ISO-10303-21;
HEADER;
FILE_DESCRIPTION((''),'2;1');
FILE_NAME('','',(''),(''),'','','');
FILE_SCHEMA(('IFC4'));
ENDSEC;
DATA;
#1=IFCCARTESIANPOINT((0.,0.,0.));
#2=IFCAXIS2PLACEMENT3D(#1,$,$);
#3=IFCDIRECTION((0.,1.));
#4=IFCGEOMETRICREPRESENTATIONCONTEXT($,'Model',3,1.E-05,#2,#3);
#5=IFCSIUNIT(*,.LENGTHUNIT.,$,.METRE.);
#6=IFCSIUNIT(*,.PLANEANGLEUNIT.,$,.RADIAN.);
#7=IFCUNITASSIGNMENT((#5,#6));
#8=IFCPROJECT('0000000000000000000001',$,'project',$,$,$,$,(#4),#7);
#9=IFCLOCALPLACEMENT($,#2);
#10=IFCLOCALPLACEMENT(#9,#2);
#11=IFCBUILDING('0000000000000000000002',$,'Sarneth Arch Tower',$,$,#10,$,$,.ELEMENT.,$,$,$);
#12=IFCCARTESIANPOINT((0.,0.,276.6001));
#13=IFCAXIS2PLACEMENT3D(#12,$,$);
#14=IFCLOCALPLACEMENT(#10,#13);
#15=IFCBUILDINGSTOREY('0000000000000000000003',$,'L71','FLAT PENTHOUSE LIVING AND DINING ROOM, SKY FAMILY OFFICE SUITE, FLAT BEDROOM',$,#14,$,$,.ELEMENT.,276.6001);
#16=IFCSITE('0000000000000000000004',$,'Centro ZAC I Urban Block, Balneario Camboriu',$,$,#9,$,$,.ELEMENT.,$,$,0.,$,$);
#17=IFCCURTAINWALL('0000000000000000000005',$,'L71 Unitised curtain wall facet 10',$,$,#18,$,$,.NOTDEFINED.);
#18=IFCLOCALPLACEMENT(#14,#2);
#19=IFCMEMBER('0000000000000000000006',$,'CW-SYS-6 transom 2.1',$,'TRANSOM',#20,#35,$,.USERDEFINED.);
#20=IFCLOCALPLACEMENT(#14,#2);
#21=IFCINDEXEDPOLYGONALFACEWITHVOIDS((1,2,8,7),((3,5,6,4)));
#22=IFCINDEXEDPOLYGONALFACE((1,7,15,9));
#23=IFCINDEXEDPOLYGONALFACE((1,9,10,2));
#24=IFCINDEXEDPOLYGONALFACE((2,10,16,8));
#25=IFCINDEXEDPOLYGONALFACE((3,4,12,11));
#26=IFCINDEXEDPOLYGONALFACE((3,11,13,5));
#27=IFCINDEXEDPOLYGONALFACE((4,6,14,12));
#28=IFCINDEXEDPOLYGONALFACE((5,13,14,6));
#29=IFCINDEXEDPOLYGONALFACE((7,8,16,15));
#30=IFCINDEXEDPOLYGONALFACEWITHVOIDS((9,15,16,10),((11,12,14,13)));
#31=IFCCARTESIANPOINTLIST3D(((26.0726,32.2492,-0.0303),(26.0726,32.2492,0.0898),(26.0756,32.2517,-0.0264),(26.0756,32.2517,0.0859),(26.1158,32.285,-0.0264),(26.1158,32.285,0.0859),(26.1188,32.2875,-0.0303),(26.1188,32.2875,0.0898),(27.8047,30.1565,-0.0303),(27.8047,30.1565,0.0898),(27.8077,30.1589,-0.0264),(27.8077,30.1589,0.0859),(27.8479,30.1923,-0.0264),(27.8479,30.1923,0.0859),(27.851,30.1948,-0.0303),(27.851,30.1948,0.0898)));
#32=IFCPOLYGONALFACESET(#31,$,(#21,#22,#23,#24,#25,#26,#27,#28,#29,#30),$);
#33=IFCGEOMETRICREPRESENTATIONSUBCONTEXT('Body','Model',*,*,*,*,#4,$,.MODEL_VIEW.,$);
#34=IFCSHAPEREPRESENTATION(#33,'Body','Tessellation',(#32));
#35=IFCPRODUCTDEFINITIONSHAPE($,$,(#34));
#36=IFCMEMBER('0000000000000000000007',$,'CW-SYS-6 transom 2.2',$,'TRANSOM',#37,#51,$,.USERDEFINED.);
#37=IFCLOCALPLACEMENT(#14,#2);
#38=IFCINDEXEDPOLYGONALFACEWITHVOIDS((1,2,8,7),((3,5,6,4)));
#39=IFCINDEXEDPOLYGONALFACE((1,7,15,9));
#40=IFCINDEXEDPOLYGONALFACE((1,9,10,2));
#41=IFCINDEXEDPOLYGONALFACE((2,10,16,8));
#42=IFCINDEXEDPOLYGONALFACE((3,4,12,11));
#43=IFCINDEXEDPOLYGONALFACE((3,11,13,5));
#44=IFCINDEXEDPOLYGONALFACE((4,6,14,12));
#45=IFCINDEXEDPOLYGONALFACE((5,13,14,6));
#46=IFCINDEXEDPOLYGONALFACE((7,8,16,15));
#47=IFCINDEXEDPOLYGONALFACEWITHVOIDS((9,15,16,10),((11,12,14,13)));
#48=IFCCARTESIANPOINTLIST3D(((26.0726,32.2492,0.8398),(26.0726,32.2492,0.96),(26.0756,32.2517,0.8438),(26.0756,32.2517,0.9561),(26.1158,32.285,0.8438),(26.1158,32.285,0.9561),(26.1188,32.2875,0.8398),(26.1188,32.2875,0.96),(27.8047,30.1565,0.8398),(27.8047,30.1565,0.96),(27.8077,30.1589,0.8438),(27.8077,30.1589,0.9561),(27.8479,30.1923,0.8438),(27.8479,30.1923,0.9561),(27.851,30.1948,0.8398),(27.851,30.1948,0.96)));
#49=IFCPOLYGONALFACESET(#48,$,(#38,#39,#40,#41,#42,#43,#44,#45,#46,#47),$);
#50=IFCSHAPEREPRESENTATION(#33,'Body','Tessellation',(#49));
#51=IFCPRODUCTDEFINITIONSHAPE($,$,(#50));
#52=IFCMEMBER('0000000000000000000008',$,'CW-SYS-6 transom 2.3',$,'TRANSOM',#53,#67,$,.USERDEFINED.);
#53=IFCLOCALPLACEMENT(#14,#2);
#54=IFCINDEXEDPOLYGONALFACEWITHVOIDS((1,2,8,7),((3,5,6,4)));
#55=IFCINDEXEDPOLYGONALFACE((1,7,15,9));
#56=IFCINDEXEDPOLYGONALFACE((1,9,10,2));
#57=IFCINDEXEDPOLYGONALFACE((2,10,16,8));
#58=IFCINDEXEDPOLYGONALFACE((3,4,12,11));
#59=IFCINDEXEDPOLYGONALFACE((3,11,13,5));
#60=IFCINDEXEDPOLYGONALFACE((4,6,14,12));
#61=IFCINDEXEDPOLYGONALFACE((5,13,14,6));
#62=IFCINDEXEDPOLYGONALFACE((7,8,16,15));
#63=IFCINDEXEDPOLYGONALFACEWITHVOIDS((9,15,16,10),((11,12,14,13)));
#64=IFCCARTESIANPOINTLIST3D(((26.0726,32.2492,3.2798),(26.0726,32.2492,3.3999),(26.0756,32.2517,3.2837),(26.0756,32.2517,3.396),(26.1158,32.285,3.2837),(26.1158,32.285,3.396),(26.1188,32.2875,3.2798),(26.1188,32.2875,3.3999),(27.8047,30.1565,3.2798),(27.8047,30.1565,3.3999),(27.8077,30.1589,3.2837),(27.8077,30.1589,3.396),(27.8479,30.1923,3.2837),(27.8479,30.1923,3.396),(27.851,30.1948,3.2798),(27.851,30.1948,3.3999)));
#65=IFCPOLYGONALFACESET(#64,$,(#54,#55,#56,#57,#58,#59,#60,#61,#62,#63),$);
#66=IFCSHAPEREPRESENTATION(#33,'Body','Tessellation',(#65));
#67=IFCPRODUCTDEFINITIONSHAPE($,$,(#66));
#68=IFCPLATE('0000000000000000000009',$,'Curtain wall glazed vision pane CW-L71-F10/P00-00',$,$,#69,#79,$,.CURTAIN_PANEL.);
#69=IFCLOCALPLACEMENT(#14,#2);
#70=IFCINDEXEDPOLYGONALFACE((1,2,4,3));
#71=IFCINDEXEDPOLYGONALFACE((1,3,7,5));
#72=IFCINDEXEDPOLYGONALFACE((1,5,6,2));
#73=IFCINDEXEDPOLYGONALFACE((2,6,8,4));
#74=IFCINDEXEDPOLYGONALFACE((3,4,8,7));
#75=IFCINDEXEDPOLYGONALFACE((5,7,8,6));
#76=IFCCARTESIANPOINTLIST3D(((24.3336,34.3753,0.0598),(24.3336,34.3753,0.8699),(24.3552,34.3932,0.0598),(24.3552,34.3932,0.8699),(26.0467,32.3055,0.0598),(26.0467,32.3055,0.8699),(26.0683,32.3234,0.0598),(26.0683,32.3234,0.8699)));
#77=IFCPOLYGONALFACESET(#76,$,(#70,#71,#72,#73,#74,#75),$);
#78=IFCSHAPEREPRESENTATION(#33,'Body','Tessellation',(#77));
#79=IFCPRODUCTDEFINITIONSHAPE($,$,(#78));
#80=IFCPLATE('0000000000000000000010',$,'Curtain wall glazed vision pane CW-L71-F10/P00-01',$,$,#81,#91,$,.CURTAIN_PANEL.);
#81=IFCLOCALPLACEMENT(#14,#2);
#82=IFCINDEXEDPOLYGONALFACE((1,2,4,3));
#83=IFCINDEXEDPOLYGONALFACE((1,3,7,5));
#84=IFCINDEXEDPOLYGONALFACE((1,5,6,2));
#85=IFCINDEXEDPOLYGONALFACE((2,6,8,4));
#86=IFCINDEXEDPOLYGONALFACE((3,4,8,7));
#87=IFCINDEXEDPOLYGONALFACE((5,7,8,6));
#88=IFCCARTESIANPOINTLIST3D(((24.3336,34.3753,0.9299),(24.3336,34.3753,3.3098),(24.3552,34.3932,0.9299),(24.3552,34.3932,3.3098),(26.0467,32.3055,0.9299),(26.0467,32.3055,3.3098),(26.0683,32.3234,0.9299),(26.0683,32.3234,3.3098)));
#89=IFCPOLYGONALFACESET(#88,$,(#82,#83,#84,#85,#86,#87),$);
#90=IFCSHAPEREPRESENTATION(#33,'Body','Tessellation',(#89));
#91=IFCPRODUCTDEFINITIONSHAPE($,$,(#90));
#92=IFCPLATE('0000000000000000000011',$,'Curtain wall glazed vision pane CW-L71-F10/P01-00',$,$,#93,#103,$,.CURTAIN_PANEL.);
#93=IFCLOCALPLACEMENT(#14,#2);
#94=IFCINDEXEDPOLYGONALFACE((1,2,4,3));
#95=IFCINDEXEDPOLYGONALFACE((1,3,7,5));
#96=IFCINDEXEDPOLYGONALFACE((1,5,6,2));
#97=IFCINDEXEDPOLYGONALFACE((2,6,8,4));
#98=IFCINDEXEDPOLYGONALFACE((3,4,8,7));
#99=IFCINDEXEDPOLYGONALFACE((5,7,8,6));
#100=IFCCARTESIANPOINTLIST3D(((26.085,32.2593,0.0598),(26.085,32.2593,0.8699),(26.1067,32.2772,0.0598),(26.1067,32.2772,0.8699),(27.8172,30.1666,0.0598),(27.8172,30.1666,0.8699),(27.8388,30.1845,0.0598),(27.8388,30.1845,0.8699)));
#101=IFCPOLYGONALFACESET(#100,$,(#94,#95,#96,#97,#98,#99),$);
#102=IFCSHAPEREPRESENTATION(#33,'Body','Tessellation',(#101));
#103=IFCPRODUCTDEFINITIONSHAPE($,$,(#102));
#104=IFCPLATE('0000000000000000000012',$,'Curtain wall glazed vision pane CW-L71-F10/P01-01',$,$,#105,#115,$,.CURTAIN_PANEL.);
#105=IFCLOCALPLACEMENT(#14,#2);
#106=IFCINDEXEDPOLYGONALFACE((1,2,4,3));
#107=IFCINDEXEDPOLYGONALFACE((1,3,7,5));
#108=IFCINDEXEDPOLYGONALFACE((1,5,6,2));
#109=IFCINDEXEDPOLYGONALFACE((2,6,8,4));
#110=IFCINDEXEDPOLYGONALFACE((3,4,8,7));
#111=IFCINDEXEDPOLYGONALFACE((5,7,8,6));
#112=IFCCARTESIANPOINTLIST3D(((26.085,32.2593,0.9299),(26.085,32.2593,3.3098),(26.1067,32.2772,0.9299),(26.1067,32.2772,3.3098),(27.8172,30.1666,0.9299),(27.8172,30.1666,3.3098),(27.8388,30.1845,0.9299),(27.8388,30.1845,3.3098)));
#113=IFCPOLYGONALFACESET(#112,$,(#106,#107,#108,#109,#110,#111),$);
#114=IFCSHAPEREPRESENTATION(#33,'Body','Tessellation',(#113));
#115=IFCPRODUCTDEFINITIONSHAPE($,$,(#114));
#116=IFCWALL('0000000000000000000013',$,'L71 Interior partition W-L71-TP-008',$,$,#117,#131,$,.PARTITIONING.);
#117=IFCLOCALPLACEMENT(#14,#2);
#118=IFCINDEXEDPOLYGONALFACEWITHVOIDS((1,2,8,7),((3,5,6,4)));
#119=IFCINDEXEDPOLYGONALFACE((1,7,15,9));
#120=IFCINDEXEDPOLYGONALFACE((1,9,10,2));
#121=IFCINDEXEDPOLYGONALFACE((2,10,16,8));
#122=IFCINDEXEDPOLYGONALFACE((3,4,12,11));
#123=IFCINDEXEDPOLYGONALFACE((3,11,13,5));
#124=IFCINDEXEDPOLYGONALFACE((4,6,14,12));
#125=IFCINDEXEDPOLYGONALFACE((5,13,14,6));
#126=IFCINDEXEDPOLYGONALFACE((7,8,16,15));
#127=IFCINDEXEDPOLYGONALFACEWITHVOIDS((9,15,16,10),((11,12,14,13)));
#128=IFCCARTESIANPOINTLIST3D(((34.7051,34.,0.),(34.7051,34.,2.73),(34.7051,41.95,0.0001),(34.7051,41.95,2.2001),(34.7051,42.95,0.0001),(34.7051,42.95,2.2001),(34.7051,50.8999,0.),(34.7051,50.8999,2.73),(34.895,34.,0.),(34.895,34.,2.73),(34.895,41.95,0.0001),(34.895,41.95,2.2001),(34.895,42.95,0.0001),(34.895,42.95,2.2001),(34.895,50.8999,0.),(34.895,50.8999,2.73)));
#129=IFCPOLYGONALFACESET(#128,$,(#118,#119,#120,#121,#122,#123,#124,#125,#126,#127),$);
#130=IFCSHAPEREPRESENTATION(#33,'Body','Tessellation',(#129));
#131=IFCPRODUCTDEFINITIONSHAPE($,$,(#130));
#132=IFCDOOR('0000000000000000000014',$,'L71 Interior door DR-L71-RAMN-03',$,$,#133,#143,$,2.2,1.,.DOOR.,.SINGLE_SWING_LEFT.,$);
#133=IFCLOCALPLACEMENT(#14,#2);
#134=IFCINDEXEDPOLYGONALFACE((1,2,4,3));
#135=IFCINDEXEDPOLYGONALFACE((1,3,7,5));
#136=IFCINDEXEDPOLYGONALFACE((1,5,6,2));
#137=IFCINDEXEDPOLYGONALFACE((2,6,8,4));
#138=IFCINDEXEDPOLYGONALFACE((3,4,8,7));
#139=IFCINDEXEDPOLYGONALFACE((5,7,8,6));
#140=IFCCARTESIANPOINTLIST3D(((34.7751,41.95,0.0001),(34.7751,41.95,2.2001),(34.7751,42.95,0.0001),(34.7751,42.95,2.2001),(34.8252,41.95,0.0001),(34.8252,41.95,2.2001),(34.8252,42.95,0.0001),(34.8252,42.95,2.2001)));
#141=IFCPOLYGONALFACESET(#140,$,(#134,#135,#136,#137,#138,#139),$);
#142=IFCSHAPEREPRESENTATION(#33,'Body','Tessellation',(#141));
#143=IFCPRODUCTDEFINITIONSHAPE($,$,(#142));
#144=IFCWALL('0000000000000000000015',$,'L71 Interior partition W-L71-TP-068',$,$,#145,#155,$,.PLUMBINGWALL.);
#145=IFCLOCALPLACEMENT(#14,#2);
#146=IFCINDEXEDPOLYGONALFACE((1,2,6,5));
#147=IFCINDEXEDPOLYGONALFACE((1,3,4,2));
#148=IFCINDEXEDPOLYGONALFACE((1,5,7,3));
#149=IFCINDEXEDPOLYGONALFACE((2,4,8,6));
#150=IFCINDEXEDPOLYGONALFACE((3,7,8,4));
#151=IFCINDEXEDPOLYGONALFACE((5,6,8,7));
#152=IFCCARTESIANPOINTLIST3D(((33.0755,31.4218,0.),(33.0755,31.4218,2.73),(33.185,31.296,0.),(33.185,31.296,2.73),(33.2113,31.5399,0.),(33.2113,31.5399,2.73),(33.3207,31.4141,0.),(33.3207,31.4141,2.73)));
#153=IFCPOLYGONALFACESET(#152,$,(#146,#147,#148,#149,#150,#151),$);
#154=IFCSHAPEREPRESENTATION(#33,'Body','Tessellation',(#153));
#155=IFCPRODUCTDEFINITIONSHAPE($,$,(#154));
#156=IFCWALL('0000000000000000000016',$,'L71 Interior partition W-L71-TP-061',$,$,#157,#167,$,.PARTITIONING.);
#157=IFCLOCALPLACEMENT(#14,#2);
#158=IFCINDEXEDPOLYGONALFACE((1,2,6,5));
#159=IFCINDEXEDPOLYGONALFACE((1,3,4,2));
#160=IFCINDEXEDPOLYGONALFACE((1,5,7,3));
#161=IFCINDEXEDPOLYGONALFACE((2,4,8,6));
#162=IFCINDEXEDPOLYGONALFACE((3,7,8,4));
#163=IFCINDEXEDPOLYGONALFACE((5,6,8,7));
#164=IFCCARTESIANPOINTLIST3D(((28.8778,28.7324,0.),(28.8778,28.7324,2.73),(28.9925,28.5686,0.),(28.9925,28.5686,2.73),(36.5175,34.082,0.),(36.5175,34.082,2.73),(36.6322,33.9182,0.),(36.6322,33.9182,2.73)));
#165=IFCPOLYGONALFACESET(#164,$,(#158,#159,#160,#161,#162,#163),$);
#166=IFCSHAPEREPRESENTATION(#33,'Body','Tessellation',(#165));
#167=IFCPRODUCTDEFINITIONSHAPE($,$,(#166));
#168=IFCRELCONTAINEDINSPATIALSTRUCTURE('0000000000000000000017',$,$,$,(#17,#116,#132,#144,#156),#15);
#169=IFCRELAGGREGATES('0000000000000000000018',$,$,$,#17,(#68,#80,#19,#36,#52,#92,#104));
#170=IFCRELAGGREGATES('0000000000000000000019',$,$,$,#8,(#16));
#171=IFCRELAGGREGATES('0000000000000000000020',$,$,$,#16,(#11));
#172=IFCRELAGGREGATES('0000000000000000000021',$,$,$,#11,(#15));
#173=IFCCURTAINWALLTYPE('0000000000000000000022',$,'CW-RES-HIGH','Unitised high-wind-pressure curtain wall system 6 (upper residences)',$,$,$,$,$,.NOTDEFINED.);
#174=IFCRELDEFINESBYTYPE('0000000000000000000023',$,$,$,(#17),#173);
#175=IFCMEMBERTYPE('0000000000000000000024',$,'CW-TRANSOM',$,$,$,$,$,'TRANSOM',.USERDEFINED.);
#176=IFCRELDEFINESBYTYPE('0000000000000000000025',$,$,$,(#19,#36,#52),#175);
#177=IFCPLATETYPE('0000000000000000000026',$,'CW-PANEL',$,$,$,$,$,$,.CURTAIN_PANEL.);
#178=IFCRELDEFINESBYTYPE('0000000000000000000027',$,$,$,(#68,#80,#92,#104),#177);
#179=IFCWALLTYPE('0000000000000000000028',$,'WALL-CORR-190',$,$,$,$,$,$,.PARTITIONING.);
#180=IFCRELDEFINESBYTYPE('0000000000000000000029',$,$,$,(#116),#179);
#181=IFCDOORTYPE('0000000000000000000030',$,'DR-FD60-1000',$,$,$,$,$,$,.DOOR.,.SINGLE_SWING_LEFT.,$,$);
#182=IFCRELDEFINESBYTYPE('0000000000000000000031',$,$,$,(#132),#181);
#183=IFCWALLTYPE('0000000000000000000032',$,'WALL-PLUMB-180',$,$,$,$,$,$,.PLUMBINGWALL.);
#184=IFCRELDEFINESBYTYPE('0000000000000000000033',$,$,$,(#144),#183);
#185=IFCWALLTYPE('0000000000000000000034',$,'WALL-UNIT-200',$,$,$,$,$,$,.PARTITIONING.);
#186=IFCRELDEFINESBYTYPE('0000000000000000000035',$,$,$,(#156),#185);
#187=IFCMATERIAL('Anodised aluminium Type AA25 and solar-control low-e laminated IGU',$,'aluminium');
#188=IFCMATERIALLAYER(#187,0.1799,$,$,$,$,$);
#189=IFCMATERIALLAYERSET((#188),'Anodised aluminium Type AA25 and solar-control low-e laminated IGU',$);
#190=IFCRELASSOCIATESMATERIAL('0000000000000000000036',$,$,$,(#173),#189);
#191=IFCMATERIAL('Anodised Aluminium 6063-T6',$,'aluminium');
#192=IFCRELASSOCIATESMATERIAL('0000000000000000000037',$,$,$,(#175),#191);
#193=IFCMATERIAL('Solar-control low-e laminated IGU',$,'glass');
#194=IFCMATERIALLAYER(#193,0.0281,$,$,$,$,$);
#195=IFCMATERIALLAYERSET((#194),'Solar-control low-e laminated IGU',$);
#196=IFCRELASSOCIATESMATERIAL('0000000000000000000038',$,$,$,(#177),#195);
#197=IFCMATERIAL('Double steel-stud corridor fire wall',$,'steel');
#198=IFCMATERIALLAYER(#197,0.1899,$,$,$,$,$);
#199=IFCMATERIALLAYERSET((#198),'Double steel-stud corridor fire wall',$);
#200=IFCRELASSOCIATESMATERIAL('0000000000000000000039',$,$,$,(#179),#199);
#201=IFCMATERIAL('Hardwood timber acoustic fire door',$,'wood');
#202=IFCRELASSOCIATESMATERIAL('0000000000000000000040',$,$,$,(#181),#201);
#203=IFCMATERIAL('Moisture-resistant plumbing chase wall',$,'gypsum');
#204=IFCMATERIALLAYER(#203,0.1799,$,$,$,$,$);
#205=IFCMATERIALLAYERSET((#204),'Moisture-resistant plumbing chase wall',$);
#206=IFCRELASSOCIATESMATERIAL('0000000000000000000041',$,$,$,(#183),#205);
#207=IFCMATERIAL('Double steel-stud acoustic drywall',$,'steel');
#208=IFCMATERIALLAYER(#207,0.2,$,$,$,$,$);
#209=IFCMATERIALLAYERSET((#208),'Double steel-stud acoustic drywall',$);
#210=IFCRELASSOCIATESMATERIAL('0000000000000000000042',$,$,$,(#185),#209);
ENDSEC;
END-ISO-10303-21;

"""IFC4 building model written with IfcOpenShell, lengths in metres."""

from ifc_helpers import new_model, si_unit, direction, frame, frame_2d, origin, origin_2d, place, context, subcontext, project, spatial, rectangle, hollow_rectangle, extrude, material, layer, layer_set, material_profile, profile_set, type_object, element, fill, aggregate, save


model = new_model("IFC4")

# Units and contexts
model_context = context("Model", 3, precision=1e-05, world=origin(), true_north=direction((0.0, 1.0)))
body_context = subcontext(model_context, "Body", "Model", "MODEL_VIEW")
ifc_project = project(units=[si_unit("LENGTHUNIT", "METRE"), si_unit("PLANEANGLEUNIT", "RADIAN")], contexts=[model_context])

# Site, building, storey
site_placement = place(None, origin())
site = spatial("IfcSite", under=ifc_project, at=site_placement, Name="Centro ZAC I Urban Block, Balneario Camboriu", CompositionType="ELEMENT", RefElevation=0.0)
building_placement = place(site_placement, origin())
building = spatial("IfcBuilding", under=site, at=building_placement, Name="Sarneth Arch Tower", CompositionType="ELEMENT")
storey_placement = place(building_placement, frame((0.0, 0.0, 276.6001)))
storey = spatial("IfcBuildingStorey", under=building, at=storey_placement, Name="L71", Description="FLAT PENTHOUSE LIVING AND DINING ROOM, SKY FAMILY OFFICE SUITE, FLAT BEDROOM", CompositionType="ELEMENT", Elevation=276.6001)

# Curtain wall, members, plates
ifc_material_1 = material(Name="Anodised aluminium Type AA25 and solar-control low-e laminated IGU", Category="aluminium")
ifc_layer_1 = layer(ifc_material_1, 0.1799)
ifc_layer_set_1 = layer_set([ifc_layer_1], Name="Anodised aluminium Type AA25 and solar-control low-e laminated IGU")
curtain_wall_type = type_object("IfcCurtainWallType", Name="CW-RES-HIGH", Description="Unitised high-wind-pressure curtain wall system 6 (upper residences)", PredefinedType="NOTDEFINED", material=ifc_layer_set_1)
curtain_wall_placement = place(storey_placement, origin())
curtain_wall = element("IfcCurtainWall", 1, at=curtain_wall_placement, inside=storey, type_object=curtain_wall_type, Name="L71 Unitised curtain wall facet 10", PredefinedType="NOTDEFINED")
ifc_material_2 = material(Name="Anodised Aluminium 6063-T6", Category="aluminium")
ifc_material_profile_1 = material_profile(ifc_material_2, hollow_rectangle(XDim=0.0601, YDim=0.1201, WallThickness=0.0039, at=origin_2d()), Name="AL-TRAN-120x60x4")
ifc_profile_set_1 = profile_set([ifc_material_profile_1], Name="Anodised Aluminium 6063-T6")
member_type_1 = type_object("IfcMemberType", Name="CW-TRANSOM", ElementType="TRANSOM", PredefinedType="USERDEFINED", material=ifc_profile_set_1)
member_1_placement = place(storey_placement, frame((26.0957, 32.2683, 0.0298), z_axis=(0.637617, -0.770353, 0.0), x_axis=(0.770353, 0.637617, 0.0)))
member_1 = element("IfcMember", 2, at=member_1_placement, type_object=member_type_1, Name="CW-SYS-6 transom 2.1", ObjectType="TRANSOM", PredefinedType="USERDEFINED", context=body_context, shape_type="SweptSolid", body=[
    extrude(hollow_rectangle(XDim=0.0601, YDim=0.1201, WallThickness=0.0039, at=origin_2d()), origin(), (0.0, 0.0, 1.0), 2.7166),
])
member_2_placement = place(storey_placement, frame((26.0957, 32.2683, 0.8999), z_axis=(0.637617, -0.770353, 0.0), x_axis=(0.770353, 0.637617, 0.0)))
member_2 = element("IfcMember", 3, at=member_2_placement, type_object=member_type_1, Name="CW-SYS-6 transom 2.2", ObjectType="TRANSOM", PredefinedType="USERDEFINED", context=body_context, shape_type="SweptSolid", body=[
    extrude(hollow_rectangle(XDim=0.0601, YDim=0.1201, WallThickness=0.0039, at=origin_2d()), origin(), (0.0, 0.0, 1.0), 2.7166),
])
member_3_placement = place(storey_placement, frame((26.0957, 32.2683, 3.3398), z_axis=(0.637617, -0.770353, 0.0), x_axis=(0.770353, 0.637617, 0.0)))
member_3 = element("IfcMember", 4, at=member_3_placement, type_object=member_type_1, Name="CW-SYS-6 transom 2.3", ObjectType="TRANSOM", PredefinedType="USERDEFINED", context=body_context, shape_type="SweptSolid", body=[
    extrude(hollow_rectangle(XDim=0.0601, YDim=0.1201, WallThickness=0.0039, at=origin_2d()), origin(), (0.0, 0.0, 1.0), 2.7166),
])
ifc_material_3 = material(Name="Solar-control low-e laminated IGU", Category="glass")
ifc_layer_2 = layer(ifc_material_3, 0.0281)
ifc_layer_set_2 = layer_set([ifc_layer_2], Name="Solar-control low-e laminated IGU")
plate_type = type_object("IfcPlateType", Name="CW-PANEL", PredefinedType="CURTAIN_PANEL", material=ifc_layer_set_2)
plate_1_placement = place(storey_placement, frame((25.2009, 33.3494, 0.0598), z_axis=(0.0, 0.0, 1.0), x_axis=(0.63761, -0.770359, 0.0)))
plate_1 = element("IfcPlate", 5, at=plate_1_placement, type_object=plate_type, Name="Curtain wall glazed vision pane CW-L71-F10/P00-00", PredefinedType="CURTAIN_PANEL", context=body_context, shape_type="SweptSolid", body=[
    extrude(rectangle(XDim=2.6868, YDim=0.0281, at=origin_2d()), origin(), (0.0, 0.0, 1.0), 0.8101),
])
plate_2_placement = place(storey_placement, frame((25.2009, 33.3494, 0.9299), z_axis=(0.0, 0.0, 1.0), x_axis=(0.63761, -0.770359, 0.0)))
plate_2 = element("IfcPlate", 6, at=plate_2_placement, type_object=plate_type, Name="Curtain wall glazed vision pane CW-L71-F10/P00-01", PredefinedType="CURTAIN_PANEL", context=body_context, shape_type="SweptSolid", body=[
    extrude(rectangle(XDim=2.6868, YDim=0.0281, at=origin_2d()), origin(), (0.0, 0.0, 1.0), 2.3799),
])
plate_3_placement = place(storey_placement, frame((26.9619, 31.2219, 0.0598), z_axis=(0.0, 0.0, 1.0), x_axis=(0.63761, -0.770359, 0.0)))
plate_3 = element("IfcPlate", 7, at=plate_3_placement, type_object=plate_type, Name="Curtain wall glazed vision pane CW-L71-F10/P01-00", PredefinedType="CURTAIN_PANEL", context=body_context, shape_type="SweptSolid", body=[
    extrude(rectangle(XDim=2.7166, YDim=0.0281, at=origin_2d()), origin(), (0.0, 0.0, 1.0), 0.8101),
])
plate_4_placement = place(storey_placement, frame((26.9619, 31.2219, 0.9299), z_axis=(0.0, 0.0, 1.0), x_axis=(0.63761, -0.770359, 0.0)))
plate_4 = element("IfcPlate", 8, at=plate_4_placement, type_object=plate_type, Name="Curtain wall glazed vision pane CW-L71-F10/P01-01", PredefinedType="CURTAIN_PANEL", context=body_context, shape_type="SweptSolid", body=[
    extrude(rectangle(XDim=2.7166, YDim=0.0281, at=origin_2d()), origin(), (0.0, 0.0, 1.0), 2.3799),
])
aggregate(curtain_wall, [plate_1, plate_2, member_1, member_2, member_3, plate_3, plate_4])

# Wall, opening, door
ifc_material_4 = material(Name="Double steel-stud corridor fire wall", Category="steel")
ifc_layer_3 = layer(ifc_material_4, 0.1899)
ifc_layer_set_3 = layer_set([ifc_layer_3], Name="Double steel-stud corridor fire wall")
wall_type_1 = type_object("IfcWallType", Name="WALL-CORR-190", PredefinedType="PARTITIONING", material=ifc_layer_set_3)
wall_1_placement = place(storey_placement, frame((34.8, 34.0, 0.0), z_axis=(0.0, 0.0, 1.0), x_axis=(0.0, 1.0, 0.0)))
wall_1 = element("IfcWall", 9, at=wall_1_placement, inside=storey, type_object=wall_type_1, Name="L71 Interior partition W-L71-TP-008", PredefinedType="PARTITIONING", context=body_context, shape_type="SweptSolid", body=[
    extrude(rectangle(XDim=16.8999, YDim=0.1899, at=frame_2d((8.45, 0.0))), origin(), (0.0, 0.0, 1.0), 2.73),
])
opening_placement = place(wall_1_placement, frame((7.95, 0.0, 0.0)))
opening = element("IfcOpeningElement", 10, at=opening_placement, cuts=wall_1, PredefinedType="OPENING", context=body_context, shape_type="SweptSolid", body=[
    extrude(rectangle(XDim=1.0, YDim=2.2, at=frame_2d((0.5, 1.1001))), frame((0.0, 0.105, 0.0), z_axis=(0.0, -1.0, 0.0), x_axis=(1.0, 0.0, 0.0)), (0.0, 0.0, 1.0), 0.21),
])
ifc_material_5 = material(Name="Hardwood timber acoustic fire door", Category="wood")
door_type = type_object("IfcDoorType", Name="DR-FD60-1000", OperationType="SINGLE_SWING_LEFT", PredefinedType="DOOR", material=ifc_material_5)
door_placement = place(opening_placement, origin())
door = element("IfcDoor", 11, at=door_placement, inside=storey, type_object=door_type, Name="L71 Interior door DR-L71-RAMN-03", OperationType="SINGLE_SWING_LEFT", OverallHeight=2.2, OverallWidth=1.0, PredefinedType="DOOR", context=body_context, shape_type="SweptSolid", body=[
    extrude(rectangle(XDim=1.0, YDim=2.2, at=frame_2d((0.5, 1.1001))), frame((0.0, 0.0249, 0.0), z_axis=(0.0, -1.0, 0.0), x_axis=(1.0, 0.0, 0.0)), (0.0, 0.0, 1.0), 0.05),
])
fill(opening, door)

# Walls
ifc_material_6 = material(Name="Moisture-resistant plumbing chase wall", Category="gypsum")
ifc_layer_4 = layer(ifc_material_6, 0.1799)
ifc_layer_set_4 = layer_set([ifc_layer_4], Name="Moisture-resistant plumbing chase wall")
wall_type_2 = type_object("IfcWallType", Name="WALL-PLUMB-180", PredefinedType="PLUMBINGWALL", material=ifc_layer_set_4)
wall_2_placement = place(storey_placement, frame((33.2529, 31.355, 0.0), z_axis=(0.0, 0.0, 1.0), x_axis=(-0.656324, 0.754479, 0.0)))
element("IfcWall", 12, at=wall_2_placement, inside=storey, type_object=wall_type_2, Name="L71 Interior partition W-L71-TP-068", PredefinedType="PLUMBINGWALL", context=body_context, shape_type="SweptSolid", body=[
    extrude(rectangle(XDim=0.1667, YDim=0.1799, at=frame_2d((0.0835, 0.0))), origin(), (0.0, 0.0, 1.0), 2.73),
])
ifc_material_7 = material(Name="Double steel-stud acoustic drywall", Category="steel")
ifc_layer_5 = layer(ifc_material_7, 0.2)
ifc_layer_set_5 = layer_set([ifc_layer_5], Name="Double steel-stud acoustic drywall")
wall_type_3 = type_object("IfcWallType", Name="WALL-UNIT-200", PredefinedType="PARTITIONING", material=ifc_layer_set_5)
wall_3_placement = place(storey_placement, frame((36.5747, 34.0, 0.0), z_axis=(0.0, 0.0, 1.0), x_axis=(-0.819138, -0.573596, 0.0)))
element("IfcWall", 13, at=wall_3_placement, inside=storey, type_object=wall_type_3, Name="L71 Interior partition W-L71-TP-061", PredefinedType="PARTITIONING", context=body_context, shape_type="SweptSolid", body=[
    extrude(rectangle(XDim=9.3264, YDim=0.2, at=frame_2d((4.6631, 0.0))), origin(), (0.0, 0.0, 1.0), 2.73),
])

save(model, "model.ifc")
